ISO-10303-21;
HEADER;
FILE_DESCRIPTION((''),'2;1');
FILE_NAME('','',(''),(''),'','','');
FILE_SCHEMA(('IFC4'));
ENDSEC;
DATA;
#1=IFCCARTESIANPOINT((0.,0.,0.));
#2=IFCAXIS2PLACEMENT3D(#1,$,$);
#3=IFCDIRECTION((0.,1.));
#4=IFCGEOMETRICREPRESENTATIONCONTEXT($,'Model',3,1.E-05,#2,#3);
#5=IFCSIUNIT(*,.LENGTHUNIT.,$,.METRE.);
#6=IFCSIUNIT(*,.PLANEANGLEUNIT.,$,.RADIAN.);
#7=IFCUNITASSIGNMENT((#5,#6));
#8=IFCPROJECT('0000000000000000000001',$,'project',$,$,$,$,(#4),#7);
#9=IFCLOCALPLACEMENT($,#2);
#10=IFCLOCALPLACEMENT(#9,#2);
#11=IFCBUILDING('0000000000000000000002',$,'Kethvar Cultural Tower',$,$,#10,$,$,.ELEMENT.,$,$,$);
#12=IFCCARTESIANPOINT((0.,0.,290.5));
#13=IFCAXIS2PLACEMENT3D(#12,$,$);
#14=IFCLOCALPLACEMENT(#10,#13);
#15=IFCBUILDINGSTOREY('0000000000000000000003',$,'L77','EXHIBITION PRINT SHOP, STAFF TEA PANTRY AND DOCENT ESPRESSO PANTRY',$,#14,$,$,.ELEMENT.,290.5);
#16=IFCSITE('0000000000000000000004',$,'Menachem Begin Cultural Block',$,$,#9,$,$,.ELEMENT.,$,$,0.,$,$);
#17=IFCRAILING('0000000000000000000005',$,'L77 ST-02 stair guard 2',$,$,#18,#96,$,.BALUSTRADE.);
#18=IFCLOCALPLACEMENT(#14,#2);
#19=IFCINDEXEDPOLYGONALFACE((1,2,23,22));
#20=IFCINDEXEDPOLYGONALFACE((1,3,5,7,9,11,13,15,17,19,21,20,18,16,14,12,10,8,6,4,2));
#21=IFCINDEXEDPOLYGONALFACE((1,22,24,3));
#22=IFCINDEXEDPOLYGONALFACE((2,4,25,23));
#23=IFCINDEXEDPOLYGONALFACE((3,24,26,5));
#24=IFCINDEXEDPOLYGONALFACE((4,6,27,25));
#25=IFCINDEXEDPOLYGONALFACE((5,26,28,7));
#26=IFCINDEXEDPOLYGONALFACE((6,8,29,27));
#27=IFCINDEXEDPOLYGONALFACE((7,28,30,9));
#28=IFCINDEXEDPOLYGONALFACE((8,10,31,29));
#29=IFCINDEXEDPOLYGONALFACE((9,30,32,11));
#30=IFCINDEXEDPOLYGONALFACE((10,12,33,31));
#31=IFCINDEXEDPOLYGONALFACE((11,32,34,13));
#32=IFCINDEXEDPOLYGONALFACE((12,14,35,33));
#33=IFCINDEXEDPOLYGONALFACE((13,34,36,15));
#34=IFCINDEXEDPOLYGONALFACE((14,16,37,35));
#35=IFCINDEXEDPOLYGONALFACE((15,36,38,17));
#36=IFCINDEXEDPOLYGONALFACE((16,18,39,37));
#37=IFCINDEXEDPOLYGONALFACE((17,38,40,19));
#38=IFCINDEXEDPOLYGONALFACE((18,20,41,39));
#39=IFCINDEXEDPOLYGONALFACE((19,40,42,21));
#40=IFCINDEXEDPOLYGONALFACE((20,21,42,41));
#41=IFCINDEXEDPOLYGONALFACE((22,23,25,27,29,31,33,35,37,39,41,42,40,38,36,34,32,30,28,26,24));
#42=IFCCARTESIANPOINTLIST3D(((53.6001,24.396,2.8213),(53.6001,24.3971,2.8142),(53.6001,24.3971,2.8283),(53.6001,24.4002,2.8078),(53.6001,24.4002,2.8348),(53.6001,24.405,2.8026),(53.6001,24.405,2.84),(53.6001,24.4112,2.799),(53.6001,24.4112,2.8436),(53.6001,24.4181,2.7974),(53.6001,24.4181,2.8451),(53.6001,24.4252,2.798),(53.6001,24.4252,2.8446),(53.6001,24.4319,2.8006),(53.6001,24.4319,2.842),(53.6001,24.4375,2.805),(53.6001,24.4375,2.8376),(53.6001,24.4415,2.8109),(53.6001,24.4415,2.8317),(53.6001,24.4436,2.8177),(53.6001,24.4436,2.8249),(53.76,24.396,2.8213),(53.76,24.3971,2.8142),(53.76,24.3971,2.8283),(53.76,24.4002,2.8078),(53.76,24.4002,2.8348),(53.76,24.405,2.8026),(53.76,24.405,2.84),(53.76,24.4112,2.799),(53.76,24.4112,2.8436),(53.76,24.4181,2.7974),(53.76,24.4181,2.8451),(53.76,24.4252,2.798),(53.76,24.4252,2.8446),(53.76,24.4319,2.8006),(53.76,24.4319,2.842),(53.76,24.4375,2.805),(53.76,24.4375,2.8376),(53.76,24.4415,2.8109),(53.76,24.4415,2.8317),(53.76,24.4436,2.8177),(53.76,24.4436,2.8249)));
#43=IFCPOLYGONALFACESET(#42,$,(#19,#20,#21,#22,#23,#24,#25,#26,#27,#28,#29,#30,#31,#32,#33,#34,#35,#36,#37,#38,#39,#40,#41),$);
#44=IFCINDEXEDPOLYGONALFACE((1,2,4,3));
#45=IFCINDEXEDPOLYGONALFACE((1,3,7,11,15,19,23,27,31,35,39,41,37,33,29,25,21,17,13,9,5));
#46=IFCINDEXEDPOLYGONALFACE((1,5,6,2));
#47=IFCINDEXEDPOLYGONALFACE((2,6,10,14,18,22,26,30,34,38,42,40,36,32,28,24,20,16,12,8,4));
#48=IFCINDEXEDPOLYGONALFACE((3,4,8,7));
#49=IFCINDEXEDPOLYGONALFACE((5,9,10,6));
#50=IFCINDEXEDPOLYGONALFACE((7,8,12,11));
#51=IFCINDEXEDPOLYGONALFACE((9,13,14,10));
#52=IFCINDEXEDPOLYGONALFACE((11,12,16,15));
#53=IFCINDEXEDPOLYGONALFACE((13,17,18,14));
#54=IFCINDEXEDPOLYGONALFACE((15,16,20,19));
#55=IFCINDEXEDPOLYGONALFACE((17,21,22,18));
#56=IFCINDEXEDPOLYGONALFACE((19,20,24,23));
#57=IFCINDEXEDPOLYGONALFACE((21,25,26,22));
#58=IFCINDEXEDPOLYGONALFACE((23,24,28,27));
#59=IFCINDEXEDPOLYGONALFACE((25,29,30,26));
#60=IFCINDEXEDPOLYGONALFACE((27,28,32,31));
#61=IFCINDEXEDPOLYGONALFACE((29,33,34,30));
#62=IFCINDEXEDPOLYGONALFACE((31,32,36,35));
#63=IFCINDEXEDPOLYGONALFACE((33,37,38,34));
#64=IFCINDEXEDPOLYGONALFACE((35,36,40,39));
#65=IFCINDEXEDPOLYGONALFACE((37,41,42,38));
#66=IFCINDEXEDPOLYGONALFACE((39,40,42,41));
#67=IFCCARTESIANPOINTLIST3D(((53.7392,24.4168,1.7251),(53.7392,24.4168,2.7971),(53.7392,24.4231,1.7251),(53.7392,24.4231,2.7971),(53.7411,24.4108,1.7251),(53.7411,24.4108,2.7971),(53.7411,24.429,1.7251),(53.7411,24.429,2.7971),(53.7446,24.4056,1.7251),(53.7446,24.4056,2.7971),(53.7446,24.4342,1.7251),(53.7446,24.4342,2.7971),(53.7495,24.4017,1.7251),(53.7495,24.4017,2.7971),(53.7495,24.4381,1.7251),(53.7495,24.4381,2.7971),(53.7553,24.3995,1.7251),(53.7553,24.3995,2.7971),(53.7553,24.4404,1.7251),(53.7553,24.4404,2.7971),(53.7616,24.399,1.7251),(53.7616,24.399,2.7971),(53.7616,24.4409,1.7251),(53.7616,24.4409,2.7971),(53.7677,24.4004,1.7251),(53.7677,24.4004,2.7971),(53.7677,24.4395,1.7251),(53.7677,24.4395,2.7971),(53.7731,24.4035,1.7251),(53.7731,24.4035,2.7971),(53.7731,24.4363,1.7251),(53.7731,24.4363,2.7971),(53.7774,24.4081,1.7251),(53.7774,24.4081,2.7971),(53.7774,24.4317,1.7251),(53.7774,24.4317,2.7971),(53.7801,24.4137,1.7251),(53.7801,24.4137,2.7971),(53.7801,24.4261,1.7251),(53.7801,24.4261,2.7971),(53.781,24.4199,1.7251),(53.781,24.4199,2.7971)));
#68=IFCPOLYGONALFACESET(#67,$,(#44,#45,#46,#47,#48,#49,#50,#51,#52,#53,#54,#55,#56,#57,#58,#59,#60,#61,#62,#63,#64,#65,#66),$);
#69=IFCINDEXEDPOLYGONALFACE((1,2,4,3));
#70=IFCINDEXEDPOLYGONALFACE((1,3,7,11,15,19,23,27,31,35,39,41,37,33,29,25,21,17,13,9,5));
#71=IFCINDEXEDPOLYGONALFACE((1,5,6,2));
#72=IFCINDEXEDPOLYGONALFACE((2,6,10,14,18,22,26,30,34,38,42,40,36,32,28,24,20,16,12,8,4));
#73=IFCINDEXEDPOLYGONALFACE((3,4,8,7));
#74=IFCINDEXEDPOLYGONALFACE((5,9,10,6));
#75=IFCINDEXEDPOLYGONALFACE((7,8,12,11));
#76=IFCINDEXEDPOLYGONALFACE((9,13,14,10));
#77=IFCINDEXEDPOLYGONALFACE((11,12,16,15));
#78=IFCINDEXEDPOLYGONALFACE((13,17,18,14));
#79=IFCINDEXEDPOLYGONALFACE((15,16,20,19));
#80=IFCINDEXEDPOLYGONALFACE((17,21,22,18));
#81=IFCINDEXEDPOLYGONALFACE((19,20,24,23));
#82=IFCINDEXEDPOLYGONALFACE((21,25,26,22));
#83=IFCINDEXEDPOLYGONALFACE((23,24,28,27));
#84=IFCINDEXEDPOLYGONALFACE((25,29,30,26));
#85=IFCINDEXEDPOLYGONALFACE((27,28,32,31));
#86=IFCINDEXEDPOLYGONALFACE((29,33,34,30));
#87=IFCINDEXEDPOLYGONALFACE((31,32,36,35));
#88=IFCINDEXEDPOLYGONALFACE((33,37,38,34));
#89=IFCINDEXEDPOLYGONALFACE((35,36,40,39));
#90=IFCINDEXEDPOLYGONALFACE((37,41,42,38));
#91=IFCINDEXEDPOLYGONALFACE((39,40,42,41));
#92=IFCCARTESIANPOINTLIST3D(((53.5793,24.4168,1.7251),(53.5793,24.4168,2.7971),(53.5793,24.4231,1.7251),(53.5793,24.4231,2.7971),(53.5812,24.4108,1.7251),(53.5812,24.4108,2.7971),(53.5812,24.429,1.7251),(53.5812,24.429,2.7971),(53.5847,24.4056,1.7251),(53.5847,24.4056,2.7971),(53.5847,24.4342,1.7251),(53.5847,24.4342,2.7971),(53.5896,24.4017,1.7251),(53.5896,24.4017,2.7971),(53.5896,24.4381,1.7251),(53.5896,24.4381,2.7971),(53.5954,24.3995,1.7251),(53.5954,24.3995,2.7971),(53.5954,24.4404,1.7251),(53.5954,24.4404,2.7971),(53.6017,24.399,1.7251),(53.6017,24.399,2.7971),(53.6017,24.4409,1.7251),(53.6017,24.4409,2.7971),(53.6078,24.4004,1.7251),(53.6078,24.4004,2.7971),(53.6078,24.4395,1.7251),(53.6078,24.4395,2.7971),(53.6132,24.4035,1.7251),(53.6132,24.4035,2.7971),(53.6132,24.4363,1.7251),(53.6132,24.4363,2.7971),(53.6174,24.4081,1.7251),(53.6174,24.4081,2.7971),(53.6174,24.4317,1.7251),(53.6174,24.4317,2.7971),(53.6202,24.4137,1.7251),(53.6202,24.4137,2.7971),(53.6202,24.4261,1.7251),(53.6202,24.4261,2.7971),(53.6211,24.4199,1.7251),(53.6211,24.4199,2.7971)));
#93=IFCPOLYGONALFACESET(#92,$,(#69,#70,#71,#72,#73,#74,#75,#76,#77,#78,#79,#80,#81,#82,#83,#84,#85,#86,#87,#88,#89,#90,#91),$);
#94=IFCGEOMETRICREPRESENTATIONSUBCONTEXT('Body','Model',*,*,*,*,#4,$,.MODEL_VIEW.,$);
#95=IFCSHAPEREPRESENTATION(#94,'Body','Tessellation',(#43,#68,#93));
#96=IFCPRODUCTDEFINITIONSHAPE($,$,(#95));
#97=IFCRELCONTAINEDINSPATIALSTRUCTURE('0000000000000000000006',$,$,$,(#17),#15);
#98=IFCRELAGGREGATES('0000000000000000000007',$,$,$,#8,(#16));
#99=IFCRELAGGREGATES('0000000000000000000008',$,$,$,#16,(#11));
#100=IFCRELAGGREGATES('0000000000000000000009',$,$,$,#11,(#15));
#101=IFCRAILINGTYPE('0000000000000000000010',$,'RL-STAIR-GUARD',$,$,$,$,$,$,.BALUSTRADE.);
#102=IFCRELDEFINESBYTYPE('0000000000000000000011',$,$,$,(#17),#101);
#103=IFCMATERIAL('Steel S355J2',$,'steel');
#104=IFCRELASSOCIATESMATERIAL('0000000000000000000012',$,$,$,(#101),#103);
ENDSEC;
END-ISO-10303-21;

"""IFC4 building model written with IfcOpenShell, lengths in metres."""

from ifc_helpers import new_model, si_unit, direction, frame, origin, origin_2d, place, context, subcontext, project, spatial, circle, extrude, material, type_object, element, save


model = new_model("IFC4")

# Units and contexts
model_context = context("Model", 3, precision=1e-05, world=origin(), true_north=direction((0.0, 1.0)))
body_context = subcontext(model_context, "Body", "Model", "MODEL_VIEW")
ifc_project = project(units=[si_unit("LENGTHUNIT", "METRE"), si_unit("PLANEANGLEUNIT", "RADIAN")], contexts=[model_context])

# Site, building, storey
site_placement = place(None, origin())
site = spatial("IfcSite", under=ifc_project, at=site_placement, Name="Menachem Begin Cultural Block", CompositionType="ELEMENT", RefElevation=0.0)
building_placement = place(site_placement, origin())
building = spatial("IfcBuilding", under=site, at=building_placement, Name="Kethvar Cultural Tower", CompositionType="ELEMENT")
storey_placement = place(building_placement, frame((0.0, 0.0, 290.5)))
storey = spatial("IfcBuildingStorey", under=building, at=storey_placement, Name="L77", Description="EXHIBITION PRINT SHOP, STAFF TEA PANTRY AND DOCENT ESPRESSO PANTRY", CompositionType="ELEMENT", Elevation=290.5)

# Shared definitions
ifc_material_1 = material(Name="Steel S355J2", Category="steel")

# Railing
railing_type_1 = type_object("IfcRailingType", Name="RL-STAIR-GUARD", PredefinedType="BALUSTRADE", material=ifc_material_1)
railing_1_placement = place(storey_placement, frame((53.76, 24.4199, 1.7251)))
element("IfcRailing", 1, at=railing_1_placement, inside=storey, type_object=railing_type_1, Name="L77 ST-02 stair guard 2", PredefinedType="BALUSTRADE", context=body_context, shape_type="SweptSolid", body=[
    extrude(circle(Radius=0.0239, at=origin_2d()), frame((0.0, 0.0, 1.0962), z_axis=(-1.0, 0.0, 0.0), x_axis=(0.0, -1.0, 0.0)), (0.0, 0.0, 1.0), 0.1599),
    extrude(circle(Radius=0.021, at=origin_2d()), origin(), (0.0, 0.0, 1.0), 1.072),
    extrude(circle(Radius=0.021, at=origin_2d()), frame((-0.1599, 0.0, 0.0)), (0.0, 0.0, 1.0), 1.072),
])

save(model, "model.ifc")
